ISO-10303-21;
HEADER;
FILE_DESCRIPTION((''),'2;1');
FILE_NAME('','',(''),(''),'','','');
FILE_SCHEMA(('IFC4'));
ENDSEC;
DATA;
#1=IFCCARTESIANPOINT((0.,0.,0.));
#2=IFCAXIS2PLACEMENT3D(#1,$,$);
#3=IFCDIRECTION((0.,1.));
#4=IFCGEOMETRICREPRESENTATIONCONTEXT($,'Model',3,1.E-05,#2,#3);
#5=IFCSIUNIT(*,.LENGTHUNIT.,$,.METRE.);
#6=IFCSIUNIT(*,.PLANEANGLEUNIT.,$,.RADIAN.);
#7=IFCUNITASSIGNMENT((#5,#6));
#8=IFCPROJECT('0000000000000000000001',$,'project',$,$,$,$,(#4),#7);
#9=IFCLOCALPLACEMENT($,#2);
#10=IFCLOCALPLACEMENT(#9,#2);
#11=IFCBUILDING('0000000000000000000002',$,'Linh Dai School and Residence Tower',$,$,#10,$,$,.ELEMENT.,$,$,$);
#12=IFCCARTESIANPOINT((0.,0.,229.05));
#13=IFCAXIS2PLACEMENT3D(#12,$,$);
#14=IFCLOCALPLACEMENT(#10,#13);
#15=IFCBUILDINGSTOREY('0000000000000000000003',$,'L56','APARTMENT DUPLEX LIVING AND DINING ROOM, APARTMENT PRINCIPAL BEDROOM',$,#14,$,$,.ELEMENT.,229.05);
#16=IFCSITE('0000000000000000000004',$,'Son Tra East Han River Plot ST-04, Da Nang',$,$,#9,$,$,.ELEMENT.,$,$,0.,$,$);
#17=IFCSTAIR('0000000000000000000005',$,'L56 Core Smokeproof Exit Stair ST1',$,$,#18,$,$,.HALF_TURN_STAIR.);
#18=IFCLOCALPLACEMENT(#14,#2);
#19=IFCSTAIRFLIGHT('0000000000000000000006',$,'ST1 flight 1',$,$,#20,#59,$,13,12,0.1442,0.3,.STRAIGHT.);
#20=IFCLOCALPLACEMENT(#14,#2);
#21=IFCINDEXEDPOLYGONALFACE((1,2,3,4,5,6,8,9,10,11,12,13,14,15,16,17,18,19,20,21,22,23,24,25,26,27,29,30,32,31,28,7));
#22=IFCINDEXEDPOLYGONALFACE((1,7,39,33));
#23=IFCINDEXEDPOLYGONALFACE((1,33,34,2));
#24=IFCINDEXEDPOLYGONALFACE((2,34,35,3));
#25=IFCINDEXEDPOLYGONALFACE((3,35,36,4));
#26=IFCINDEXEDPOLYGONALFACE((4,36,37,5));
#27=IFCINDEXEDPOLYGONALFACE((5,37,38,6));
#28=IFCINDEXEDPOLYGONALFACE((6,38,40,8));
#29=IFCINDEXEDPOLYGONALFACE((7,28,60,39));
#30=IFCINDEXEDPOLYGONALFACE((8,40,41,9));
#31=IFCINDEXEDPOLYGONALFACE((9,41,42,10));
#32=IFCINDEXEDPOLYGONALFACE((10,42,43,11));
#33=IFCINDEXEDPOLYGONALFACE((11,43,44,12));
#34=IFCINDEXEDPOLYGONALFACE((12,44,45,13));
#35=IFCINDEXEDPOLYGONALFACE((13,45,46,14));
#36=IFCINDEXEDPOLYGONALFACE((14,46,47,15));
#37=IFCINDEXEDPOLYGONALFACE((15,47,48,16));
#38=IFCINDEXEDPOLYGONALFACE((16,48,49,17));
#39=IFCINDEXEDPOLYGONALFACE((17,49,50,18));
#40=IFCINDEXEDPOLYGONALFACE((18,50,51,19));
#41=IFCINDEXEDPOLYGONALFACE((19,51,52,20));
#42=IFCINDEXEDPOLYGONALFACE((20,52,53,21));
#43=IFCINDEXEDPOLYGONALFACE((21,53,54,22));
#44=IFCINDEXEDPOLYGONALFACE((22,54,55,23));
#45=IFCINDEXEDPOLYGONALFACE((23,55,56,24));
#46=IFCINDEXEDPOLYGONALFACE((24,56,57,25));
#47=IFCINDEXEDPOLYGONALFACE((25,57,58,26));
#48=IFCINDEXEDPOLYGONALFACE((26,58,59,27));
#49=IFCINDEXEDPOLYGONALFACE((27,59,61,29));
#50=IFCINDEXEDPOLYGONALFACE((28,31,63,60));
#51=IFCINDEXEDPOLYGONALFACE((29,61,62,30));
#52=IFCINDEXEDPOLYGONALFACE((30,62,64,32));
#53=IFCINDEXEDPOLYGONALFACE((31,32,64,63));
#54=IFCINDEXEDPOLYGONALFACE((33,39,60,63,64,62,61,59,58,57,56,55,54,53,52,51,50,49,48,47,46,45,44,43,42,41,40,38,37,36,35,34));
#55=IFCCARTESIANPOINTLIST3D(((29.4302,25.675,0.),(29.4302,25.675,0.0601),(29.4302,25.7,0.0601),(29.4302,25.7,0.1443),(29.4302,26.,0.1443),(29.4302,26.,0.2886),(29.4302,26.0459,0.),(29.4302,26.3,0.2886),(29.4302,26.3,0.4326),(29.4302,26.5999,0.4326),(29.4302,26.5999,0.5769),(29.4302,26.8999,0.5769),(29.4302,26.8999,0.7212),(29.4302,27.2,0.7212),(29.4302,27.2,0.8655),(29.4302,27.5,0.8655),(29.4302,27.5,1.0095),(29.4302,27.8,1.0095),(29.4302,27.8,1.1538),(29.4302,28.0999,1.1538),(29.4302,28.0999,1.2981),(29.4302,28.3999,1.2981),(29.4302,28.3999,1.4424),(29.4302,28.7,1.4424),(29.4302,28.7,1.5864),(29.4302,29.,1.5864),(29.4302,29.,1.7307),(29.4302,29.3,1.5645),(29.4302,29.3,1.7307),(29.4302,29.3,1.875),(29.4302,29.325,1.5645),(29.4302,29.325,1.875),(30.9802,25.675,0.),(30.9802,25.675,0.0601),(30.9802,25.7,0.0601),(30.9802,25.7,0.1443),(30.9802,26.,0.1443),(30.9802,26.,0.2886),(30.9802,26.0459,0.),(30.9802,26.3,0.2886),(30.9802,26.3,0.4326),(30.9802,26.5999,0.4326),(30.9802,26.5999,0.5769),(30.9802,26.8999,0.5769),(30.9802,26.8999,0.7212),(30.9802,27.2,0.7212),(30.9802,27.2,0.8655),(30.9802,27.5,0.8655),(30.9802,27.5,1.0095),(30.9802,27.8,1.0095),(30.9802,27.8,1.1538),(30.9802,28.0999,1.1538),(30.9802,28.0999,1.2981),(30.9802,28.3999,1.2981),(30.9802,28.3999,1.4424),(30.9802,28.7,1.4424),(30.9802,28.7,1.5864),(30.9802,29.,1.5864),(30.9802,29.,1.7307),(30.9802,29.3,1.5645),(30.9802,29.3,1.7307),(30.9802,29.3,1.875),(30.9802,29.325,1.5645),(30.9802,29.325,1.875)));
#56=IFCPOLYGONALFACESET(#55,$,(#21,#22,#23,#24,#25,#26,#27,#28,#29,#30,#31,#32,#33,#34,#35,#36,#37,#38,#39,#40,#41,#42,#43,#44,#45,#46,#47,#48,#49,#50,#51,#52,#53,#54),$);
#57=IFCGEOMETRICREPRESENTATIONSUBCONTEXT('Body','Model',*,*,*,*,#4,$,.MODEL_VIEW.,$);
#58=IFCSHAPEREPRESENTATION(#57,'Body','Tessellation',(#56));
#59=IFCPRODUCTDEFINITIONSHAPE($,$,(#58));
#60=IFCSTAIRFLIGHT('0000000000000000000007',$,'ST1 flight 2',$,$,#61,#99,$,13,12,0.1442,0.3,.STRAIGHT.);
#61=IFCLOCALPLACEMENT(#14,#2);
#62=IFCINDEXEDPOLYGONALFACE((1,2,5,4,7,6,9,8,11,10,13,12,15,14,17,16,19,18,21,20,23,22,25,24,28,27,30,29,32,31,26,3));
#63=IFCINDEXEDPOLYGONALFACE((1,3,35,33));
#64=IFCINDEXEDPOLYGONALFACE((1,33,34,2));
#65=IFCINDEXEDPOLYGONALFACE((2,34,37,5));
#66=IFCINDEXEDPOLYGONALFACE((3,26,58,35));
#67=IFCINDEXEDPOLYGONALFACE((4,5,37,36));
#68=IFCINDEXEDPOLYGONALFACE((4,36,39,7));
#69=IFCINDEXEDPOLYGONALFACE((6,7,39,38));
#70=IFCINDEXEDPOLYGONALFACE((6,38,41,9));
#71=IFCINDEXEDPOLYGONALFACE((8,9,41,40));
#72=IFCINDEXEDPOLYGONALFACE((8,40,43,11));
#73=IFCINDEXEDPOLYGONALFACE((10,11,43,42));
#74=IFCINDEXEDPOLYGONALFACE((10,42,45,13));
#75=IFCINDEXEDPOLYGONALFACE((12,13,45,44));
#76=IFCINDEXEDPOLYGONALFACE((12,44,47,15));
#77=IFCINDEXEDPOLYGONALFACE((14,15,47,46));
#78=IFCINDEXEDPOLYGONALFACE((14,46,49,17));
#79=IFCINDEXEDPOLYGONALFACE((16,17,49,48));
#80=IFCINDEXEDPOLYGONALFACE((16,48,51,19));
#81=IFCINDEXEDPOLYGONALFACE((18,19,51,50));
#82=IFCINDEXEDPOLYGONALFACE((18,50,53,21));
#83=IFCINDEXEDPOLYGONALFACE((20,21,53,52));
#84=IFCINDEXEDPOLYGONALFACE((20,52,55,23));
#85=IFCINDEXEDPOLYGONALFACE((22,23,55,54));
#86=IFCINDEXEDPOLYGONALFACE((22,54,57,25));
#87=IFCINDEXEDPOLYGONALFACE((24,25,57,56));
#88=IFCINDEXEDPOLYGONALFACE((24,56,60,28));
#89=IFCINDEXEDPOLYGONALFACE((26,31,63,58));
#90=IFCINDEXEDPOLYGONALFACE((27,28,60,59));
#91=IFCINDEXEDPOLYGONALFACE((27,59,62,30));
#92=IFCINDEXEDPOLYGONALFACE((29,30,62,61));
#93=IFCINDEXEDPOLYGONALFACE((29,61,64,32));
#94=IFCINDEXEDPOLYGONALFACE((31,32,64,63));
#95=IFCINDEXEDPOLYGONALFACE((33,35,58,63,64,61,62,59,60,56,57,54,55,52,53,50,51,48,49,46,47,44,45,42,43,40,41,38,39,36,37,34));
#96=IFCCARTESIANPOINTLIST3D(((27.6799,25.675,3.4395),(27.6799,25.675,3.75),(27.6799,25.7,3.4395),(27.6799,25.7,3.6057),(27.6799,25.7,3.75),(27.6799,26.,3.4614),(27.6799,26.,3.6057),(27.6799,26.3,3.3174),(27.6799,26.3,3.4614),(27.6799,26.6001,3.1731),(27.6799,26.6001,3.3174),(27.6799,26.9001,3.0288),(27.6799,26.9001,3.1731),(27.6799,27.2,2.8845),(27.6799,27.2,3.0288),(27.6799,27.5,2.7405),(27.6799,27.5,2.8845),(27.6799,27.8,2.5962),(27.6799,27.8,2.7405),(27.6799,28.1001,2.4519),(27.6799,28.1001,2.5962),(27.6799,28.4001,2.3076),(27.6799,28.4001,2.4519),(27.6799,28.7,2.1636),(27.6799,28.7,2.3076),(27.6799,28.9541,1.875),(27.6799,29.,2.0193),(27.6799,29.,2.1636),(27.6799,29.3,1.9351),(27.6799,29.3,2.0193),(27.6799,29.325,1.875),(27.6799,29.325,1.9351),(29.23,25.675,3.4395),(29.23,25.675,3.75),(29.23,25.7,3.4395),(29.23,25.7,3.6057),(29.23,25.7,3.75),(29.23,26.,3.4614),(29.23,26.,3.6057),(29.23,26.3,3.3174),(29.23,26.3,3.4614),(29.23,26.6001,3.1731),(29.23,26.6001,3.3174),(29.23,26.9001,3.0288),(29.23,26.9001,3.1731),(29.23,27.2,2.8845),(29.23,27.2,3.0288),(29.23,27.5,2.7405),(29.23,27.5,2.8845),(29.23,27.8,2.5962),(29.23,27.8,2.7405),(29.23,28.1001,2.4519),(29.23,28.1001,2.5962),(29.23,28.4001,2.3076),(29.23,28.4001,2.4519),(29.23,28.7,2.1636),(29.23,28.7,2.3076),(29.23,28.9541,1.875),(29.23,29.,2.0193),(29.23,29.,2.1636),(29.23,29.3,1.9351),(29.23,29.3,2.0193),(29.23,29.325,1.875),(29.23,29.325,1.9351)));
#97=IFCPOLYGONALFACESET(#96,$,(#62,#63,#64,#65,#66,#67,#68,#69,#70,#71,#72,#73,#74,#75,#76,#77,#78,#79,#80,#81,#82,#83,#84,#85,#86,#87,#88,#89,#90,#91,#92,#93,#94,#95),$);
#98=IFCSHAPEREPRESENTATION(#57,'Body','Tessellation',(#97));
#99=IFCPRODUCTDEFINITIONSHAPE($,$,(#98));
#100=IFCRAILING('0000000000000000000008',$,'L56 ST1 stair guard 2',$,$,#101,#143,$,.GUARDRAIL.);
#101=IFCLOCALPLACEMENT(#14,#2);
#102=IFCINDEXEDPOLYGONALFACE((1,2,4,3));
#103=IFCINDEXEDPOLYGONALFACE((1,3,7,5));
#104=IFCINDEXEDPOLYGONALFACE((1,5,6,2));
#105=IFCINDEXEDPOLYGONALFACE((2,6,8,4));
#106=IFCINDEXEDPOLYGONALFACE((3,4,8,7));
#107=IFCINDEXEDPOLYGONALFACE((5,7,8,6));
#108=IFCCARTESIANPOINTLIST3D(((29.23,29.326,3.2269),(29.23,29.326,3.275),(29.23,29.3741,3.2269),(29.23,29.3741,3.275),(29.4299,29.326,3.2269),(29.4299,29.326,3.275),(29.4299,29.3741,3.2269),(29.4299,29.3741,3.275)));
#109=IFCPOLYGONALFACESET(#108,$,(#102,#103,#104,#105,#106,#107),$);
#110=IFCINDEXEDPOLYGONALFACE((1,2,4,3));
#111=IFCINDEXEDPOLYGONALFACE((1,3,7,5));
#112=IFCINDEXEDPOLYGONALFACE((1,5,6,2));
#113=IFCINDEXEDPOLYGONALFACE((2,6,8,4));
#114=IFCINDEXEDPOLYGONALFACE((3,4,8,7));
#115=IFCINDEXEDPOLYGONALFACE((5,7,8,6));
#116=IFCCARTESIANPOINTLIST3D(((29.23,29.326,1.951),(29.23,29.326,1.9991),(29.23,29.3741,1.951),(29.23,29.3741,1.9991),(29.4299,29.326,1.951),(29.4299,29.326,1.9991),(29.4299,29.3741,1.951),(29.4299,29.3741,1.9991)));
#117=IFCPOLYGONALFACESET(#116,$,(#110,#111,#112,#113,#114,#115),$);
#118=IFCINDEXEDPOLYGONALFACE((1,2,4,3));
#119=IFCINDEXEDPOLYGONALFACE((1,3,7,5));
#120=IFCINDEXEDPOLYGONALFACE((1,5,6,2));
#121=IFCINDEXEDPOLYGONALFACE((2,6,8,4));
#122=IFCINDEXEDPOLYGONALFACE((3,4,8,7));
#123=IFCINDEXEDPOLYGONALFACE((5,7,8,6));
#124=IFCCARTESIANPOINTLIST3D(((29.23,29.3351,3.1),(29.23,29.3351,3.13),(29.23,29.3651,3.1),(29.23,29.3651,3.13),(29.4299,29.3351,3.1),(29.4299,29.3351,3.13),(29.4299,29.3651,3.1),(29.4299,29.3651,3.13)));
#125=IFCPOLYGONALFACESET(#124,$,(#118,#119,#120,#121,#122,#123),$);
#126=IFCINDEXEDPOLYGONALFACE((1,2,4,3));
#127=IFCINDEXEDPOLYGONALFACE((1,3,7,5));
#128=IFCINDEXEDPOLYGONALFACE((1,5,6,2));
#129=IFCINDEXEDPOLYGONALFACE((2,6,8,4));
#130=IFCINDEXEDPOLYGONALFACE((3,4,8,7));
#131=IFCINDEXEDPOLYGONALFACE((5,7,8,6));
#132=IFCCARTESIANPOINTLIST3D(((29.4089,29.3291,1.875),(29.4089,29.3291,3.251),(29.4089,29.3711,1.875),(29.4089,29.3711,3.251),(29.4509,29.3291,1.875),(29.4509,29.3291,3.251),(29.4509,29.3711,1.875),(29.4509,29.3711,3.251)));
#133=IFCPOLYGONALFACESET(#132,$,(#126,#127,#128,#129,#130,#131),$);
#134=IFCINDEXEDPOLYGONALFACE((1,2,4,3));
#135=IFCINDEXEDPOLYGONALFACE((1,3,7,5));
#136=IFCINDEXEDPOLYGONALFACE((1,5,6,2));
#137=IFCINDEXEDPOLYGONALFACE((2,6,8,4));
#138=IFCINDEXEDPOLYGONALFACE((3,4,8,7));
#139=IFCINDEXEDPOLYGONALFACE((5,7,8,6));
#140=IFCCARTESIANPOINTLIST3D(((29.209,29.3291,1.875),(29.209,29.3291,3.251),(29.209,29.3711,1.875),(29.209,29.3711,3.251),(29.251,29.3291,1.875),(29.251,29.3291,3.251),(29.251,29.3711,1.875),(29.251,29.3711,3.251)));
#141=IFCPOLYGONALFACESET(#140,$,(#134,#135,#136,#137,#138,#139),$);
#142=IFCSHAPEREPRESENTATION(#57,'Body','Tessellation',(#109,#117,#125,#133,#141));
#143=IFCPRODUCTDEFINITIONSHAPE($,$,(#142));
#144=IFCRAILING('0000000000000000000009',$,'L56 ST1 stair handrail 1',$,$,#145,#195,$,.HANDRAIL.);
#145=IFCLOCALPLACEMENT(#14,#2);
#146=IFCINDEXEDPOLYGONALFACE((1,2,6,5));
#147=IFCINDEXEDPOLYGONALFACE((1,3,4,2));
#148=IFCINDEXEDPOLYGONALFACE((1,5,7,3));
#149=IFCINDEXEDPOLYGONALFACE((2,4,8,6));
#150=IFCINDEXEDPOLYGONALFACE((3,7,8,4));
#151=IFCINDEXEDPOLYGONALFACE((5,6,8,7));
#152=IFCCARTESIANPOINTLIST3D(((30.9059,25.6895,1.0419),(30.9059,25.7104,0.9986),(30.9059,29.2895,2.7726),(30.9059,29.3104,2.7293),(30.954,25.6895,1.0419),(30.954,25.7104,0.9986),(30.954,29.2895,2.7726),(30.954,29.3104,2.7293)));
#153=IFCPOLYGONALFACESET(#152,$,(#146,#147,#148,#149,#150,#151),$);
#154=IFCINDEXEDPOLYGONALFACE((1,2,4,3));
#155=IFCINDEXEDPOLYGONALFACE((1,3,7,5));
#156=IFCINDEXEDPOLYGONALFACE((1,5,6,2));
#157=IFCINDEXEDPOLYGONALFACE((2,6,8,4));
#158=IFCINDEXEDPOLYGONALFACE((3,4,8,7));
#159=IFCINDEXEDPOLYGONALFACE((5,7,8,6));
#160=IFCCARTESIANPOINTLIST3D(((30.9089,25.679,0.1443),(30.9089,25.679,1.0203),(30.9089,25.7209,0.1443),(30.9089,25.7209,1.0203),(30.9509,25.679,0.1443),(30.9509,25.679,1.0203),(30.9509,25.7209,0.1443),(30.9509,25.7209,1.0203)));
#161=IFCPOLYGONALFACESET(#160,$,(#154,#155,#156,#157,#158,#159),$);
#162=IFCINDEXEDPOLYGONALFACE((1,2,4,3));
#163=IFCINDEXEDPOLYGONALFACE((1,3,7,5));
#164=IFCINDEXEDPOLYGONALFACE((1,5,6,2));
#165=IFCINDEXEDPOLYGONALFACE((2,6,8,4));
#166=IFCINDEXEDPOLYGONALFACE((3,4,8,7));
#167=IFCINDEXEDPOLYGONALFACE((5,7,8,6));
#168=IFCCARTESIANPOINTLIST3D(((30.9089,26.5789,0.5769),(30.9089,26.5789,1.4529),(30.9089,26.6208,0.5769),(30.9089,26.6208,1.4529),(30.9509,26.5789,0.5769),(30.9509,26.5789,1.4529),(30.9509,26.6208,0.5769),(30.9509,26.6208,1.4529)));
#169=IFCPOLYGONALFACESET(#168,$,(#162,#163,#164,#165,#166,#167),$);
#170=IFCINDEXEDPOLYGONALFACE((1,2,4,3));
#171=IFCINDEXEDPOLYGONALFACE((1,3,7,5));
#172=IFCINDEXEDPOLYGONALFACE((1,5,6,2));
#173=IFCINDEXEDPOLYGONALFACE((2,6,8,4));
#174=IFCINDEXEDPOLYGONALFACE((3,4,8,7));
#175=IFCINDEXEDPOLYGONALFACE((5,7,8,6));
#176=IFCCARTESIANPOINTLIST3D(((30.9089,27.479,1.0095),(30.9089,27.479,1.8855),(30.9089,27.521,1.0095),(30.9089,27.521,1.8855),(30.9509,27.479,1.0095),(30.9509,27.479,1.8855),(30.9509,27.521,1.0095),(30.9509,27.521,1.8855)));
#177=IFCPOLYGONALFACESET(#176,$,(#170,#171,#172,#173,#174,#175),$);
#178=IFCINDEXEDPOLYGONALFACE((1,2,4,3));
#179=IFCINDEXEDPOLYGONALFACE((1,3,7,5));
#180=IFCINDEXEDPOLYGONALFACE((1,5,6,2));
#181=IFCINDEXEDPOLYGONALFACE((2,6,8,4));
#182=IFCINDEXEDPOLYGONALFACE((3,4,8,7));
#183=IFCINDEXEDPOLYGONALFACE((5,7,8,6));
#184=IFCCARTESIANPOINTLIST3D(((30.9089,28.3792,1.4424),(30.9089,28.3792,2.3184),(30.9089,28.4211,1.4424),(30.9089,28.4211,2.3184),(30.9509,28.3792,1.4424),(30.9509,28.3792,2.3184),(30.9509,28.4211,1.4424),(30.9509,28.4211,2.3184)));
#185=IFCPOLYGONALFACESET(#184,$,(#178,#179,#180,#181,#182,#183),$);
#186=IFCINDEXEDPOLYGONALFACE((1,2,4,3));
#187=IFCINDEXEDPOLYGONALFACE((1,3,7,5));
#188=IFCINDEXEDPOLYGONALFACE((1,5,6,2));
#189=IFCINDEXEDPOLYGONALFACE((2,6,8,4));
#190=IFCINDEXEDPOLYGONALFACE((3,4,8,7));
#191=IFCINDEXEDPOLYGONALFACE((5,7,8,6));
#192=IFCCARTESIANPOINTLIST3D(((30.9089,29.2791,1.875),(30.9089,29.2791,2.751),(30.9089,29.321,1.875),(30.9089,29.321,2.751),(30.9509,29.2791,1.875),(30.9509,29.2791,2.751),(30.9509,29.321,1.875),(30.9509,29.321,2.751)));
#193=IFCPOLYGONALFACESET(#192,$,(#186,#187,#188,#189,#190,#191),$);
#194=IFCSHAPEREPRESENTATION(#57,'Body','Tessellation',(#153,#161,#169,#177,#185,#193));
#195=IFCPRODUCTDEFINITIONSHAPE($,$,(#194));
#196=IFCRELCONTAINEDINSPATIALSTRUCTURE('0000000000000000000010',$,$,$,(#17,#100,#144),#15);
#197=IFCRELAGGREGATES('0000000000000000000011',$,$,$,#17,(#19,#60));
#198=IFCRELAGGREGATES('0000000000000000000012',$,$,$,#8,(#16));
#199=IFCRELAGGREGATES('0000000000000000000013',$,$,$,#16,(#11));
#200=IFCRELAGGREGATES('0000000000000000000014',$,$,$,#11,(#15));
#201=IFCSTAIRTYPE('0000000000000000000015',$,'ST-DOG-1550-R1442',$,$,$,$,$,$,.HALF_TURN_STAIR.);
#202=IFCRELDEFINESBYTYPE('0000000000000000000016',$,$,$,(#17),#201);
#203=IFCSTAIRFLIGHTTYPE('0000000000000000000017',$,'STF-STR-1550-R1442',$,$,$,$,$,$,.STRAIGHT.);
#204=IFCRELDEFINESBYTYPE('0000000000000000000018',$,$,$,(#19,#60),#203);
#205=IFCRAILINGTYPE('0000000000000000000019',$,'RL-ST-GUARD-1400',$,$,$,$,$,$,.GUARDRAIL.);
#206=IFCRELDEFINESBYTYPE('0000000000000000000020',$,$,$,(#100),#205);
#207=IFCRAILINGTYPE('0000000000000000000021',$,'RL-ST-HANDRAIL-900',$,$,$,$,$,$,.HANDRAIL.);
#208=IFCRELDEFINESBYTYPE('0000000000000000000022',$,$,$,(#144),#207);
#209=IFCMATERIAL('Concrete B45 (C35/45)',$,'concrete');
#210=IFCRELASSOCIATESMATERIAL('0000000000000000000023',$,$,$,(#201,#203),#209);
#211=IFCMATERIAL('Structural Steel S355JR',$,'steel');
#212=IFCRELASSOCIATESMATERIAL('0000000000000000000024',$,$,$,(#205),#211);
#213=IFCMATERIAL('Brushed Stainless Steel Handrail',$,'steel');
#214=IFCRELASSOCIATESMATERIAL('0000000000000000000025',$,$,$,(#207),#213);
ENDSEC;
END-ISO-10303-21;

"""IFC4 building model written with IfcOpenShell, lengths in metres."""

from ifc_helpers import new_model, si_unit, direction, frame, origin, origin_2d, place, context, subcontext, project, spatial, polyline, rectangle, outline, extrude, source, transform, mapped, material, type_object, element, aggregate, save


model = new_model("IFC4")

# Units and contexts
model_context = context("Model", 3, precision=1e-05, world=origin(), true_north=direction((0.0, 1.0)))
body_context = subcontext(model_context, "Body", "Model", "MODEL_VIEW")
ifc_project = project(units=[si_unit("LENGTHUNIT", "METRE"), si_unit("PLANEANGLEUNIT", "RADIAN")], contexts=[model_context])

# Site, building, storey
site_placement = place(None, origin())
site = spatial("IfcSite", under=ifc_project, at=site_placement, Name="Son Tra East Han River Plot ST-04, Da Nang", CompositionType="ELEMENT", RefElevation=0.0)
building_placement = place(site_placement, origin())
building = spatial("IfcBuilding", under=site, at=building_placement, Name="Linh Dai School and Residence Tower", CompositionType="ELEMENT")
storey_placement = place(building_placement, frame((0.0, 0.0, 229.05)))
storey = spatial("IfcBuildingStorey", under=building, at=storey_placement, Name="L56", Description="APARTMENT DUPLEX LIVING AND DINING ROOM, APARTMENT PRINCIPAL BEDROOM", CompositionType="ELEMENT", Elevation=229.05)

# Shared definitions
ifc_material_1 = material(Name="Concrete B45 (C35/45)", Category="concrete")

# Stair, stair flights
stair_type = type_object("IfcStairType", Name="ST-DOG-1550-R1442", PredefinedType="HALF_TURN_STAIR", material=ifc_material_1)
stair_placement = place(storey_placement, origin())
stair = element("IfcStair", 1, at=stair_placement, inside=storey, type_object=stair_type, Name="L56 Core Smokeproof Exit Stair ST1", PredefinedType="HALF_TURN_STAIR")
stair_flight_type = type_object("IfcStairFlightType", Name="STF-STR-1550-R1442", PredefinedType="STRAIGHT", material=ifc_material_1)
shared_shape_1 = source(origin(), body_context, "Body", "SweptSolid", [
    extrude(outline(polyline([(-0.0249, 0.0), (-0.0249, 0.0601), (0.0, 0.0601), (0.0, 0.1443), (0.3, 0.1443), (0.3, 0.2886), (0.6001, 0.2886), (0.6001, 0.4326), (0.8999, 0.4326), (0.8999, 0.5769), (1.2, 0.5769), (1.2, 0.7212), (1.5, 0.7212), (1.5, 0.8655), (1.8, 0.8655), (1.8, 1.0095), (2.1001, 1.0095), (2.1001, 1.1538), (2.3999, 1.1538), (2.3999, 1.2981), (2.7, 1.2981), (2.7, 1.4424), (3.0, 1.4424), (3.0, 1.5864), (3.3, 1.5864), (3.3, 1.7307), (3.6001, 1.7307), (3.6001, 1.875), (3.625, 1.875), (3.625, 1.5645), (3.6001, 1.5645), (0.3459, 0.0), (-0.0249, 0.0)])), frame((0.0, 0.7749, 0.0), z_axis=(0.0, -1.0, 0.0), x_axis=(1.0, 0.0, 0.0)), (0.0, 0.0, 1.0), 1.55),
])
stair_flight_1_placement = place(storey_placement, frame((30.2051, 25.7, 0.0), z_axis=(0.0, 0.0, 1.0), x_axis=(0.0, 1.0, 0.0)))
stair_flight_1 = element("IfcStairFlight", 2, at=stair_flight_1_placement, type_object=stair_flight_type, Name="ST1 flight 1", NumberOfRisers=13, NumberOfTreads=12, PredefinedType="STRAIGHT", RiserHeight=0.1442, TreadLength=0.3, context=body_context, shape_type="MappedRepresentation", body=[
    mapped(shared_shape_1, transform((0.0, 0.0, 0.0), x_axis=(1.0, 0.0, 0.0), y_axis=(0.0, 1.0, 0.0), z_axis=(0.0, 0.0, 1.0), scale=1.0)),
])
stair_flight_2_placement = place(storey_placement, frame((28.4551, 29.3, 1.875), z_axis=(0.0, 0.0, 1.0), x_axis=(0.0, -1.0, 0.0)))
stair_flight_2 = element("IfcStairFlight", 3, at=stair_flight_2_placement, type_object=stair_flight_type, Name="ST1 flight 2", NumberOfRisers=13, NumberOfTreads=12, PredefinedType="STRAIGHT", RiserHeight=0.1442, TreadLength=0.3, context=body_context, shape_type="MappedRepresentation", body=[
    mapped(shared_shape_1, transform((0.0, 0.0, 0.0), x_axis=(1.0, 0.0, 0.0), y_axis=(0.0, 1.0, 0.0), z_axis=(0.0, 0.0, 1.0), scale=1.0)),
])
aggregate(stair, [stair_flight_1, stair_flight_2])

# Railings
ifc_material_2 = material(Name="Structural Steel S355JR", Category="steel")
railing_type_1 = type_object("IfcRailingType", Name="RL-ST-GUARD-1400", PredefinedType="GUARDRAIL", material=ifc_material_2)
shared_shape_2 = source(origin(), body_context, "Body", "SweptSolid", [
    extrude(rectangle(XDim=0.0481, YDim=0.0481, at=origin_2d()), frame((0.0, 0.0, 1.376), z_axis=(-1.0, 0.0, 0.0), x_axis=(0.0, -1.0, 0.0)), (0.0, 0.0, 1.0), 0.2),
    extrude(rectangle(XDim=0.0481, YDim=0.0481, at=origin_2d()), frame((0.0, 0.0, 0.1001), z_axis=(-1.0, 0.0, 0.0), x_axis=(0.0, -1.0, 0.0)), (0.0, 0.0, 1.0), 0.2),
    extrude(rectangle(XDim=0.03, YDim=0.03, at=origin_2d()), frame((0.0, 0.0, 1.24), z_axis=(-1.0, 0.0, 0.0), x_axis=(0.0, -1.0, 0.0)), (0.0, 0.0, 1.0), 0.2),
    extrude(rectangle(XDim=0.042, YDim=0.042, at=origin_2d()), origin(), (0.0, 0.0, 1.0), 1.376),
    extrude(rectangle(XDim=0.042, YDim=0.042, at=origin_2d()), frame((-0.2, 0.0, 0.0)), (0.0, 0.0, 1.0), 1.376),
])
railing_1_placement = place(storey_placement, frame((29.4299, 29.3501, 1.875)))
element("IfcRailing", 4, at=railing_1_placement, inside=storey, type_object=railing_type_1, Name="L56 ST1 stair guard 2", PredefinedType="GUARDRAIL", context=body_context, shape_type="MappedRepresentation", body=[
    mapped(shared_shape_2, transform((0.0, 0.0, 0.0), x_axis=(1.0, 0.0, 0.0), y_axis=(0.0, 1.0, 0.0), z_axis=(0.0, 0.0, 1.0), scale=1.0)),
])
ifc_material_3 = material(Name="Brushed Stainless Steel Handrail", Category="steel")
railing_type_2 = type_object("IfcRailingType", Name="RL-ST-HANDRAIL-900", PredefinedType="HANDRAIL", material=ifc_material_3)
shared_shape_3 = source(origin(), body_context, "Body", "SweptSolid", [
    extrude(rectangle(XDim=0.0481, YDim=0.0481, at=origin_2d()), frame((0.0, 0.0, 0.876), z_axis=(0.0, 0.901263, 0.433273), x_axis=(-1.0, 0.0, 0.0)), (0.0, 0.0, 1.0), 3.9944),
    extrude(rectangle(XDim=0.042, YDim=0.042, at=origin_2d()), origin(), (0.0, 0.0, 1.0), 0.876),
    extrude(rectangle(XDim=0.042, YDim=0.042, at=origin_2d()), frame((0.0, 0.8999, 0.4326)), (0.0, 0.0, 1.0), 0.876),
    extrude(rectangle(XDim=0.042, YDim=0.042, at=origin_2d()), frame((0.0, 1.8, 0.8652)), (0.0, 0.0, 1.0), 0.876),
    extrude(rectangle(XDim=0.042, YDim=0.042, at=origin_2d()), frame((0.0, 2.7002, 1.2981)), (0.0, 0.0, 1.0), 0.876),
    extrude(rectangle(XDim=0.042, YDim=0.042, at=origin_2d()), frame((0.0, 3.6001, 1.7307)), (0.0, 0.0, 1.0), 0.876),
])
railing_2_placement = place(storey_placement, frame((30.9299, 25.7, 0.1443)))
element("IfcRailing", 5, at=railing_2_placement, inside=storey, type_object=railing_type_2, Name="L56 ST1 stair handrail 1", PredefinedType="HANDRAIL", context=body_context, shape_type="MappedRepresentation", body=[
    mapped(shared_shape_3, transform((0.0, 0.0, 0.0), x_axis=(1.0, 0.0, 0.0), y_axis=(0.0, 1.0, 0.0), z_axis=(0.0, 0.0, 1.0), scale=1.0)),
])

save(model, "model.ifc")
